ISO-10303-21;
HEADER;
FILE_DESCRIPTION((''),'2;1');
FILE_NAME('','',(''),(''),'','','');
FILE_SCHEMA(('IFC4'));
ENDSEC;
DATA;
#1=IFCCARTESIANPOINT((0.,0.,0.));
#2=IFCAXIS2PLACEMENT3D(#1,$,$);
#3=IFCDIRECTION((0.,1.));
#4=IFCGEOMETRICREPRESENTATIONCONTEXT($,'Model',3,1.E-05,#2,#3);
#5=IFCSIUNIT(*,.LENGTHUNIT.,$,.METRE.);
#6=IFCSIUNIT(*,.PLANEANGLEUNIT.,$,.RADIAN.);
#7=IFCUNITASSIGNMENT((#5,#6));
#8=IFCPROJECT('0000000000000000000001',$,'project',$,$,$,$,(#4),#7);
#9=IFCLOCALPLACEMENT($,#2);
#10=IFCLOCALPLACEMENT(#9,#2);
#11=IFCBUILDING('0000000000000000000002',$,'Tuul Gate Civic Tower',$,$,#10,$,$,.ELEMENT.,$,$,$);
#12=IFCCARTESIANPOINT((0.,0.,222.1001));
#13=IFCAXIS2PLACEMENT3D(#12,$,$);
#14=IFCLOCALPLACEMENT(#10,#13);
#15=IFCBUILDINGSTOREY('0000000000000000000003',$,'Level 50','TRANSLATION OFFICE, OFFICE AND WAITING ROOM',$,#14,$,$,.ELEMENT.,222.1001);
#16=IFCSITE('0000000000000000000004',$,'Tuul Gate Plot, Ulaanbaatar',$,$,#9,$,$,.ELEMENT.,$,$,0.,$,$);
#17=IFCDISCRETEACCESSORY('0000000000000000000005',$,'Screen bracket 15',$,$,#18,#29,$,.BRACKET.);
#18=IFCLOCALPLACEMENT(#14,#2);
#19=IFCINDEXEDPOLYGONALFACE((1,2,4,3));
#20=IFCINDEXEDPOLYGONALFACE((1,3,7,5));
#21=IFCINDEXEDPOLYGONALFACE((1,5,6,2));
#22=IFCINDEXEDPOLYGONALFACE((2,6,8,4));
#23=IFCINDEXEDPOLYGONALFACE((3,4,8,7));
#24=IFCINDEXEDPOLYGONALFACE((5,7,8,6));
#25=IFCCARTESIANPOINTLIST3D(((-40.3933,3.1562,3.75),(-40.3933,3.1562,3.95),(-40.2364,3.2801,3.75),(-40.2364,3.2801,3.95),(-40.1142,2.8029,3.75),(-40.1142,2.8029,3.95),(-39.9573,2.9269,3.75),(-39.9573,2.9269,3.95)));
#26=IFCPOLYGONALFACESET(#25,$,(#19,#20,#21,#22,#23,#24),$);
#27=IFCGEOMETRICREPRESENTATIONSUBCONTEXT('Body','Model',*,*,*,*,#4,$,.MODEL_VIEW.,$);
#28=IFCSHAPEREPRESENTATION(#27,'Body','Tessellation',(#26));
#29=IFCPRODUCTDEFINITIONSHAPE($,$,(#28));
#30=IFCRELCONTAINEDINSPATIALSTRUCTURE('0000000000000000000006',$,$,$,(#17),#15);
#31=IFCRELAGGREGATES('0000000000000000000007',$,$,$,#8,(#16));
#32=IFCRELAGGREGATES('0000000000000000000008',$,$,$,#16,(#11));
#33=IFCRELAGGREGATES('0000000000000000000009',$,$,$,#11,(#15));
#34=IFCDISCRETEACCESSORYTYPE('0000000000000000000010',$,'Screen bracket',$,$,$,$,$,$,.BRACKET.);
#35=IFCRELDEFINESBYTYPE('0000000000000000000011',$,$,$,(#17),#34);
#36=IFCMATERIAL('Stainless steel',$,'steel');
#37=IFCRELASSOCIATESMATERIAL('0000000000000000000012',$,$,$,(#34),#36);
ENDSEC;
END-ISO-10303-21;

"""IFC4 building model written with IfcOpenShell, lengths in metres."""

from ifc_helpers import new_model, si_unit, direction, frame, origin, origin_2d, place, context, subcontext, project, spatial, rectangle, extrude, material, type_object, element, save


model = new_model("IFC4")

# Units and contexts
model_context = context("Model", 3, precision=1e-05, world=origin(), true_north=direction((0.0, 1.0)))
body_context = subcontext(model_context, "Body", "Model", "MODEL_VIEW")
ifc_project = project(units=[si_unit("LENGTHUNIT", "METRE"), si_unit("PLANEANGLEUNIT", "RADIAN")], contexts=[model_context])

# Site, building, storey
site_placement = place(None, origin())
site = spatial("IfcSite", under=ifc_project, at=site_placement, Name="Tuul Gate Plot, Ulaanbaatar", CompositionType="ELEMENT", RefElevation=0.0)
building_placement = place(site_placement, origin())
building = spatial("IfcBuilding", under=site, at=building_placement, Name="Tuul Gate Civic Tower", CompositionType="ELEMENT")
storey_placement = place(building_placement, frame((0.0, 0.0, 222.1001)))
storey = spatial("IfcBuildingStorey", under=building, at=storey_placement, Name="Level 50", Description="TRANSLATION OFFICE, OFFICE AND WAITING ROOM", CompositionType="ELEMENT", Elevation=222.1001)

# Discrete accessory
ifc_material_1 = material(Name="Stainless steel", Category="steel")
discrete_accessory_type = type_object("IfcDiscreteAccessoryType", Name="Screen bracket", PredefinedType="BRACKET", material=ifc_material_1)
discrete_accessory_placement = place(storey_placement, frame((-40.1753, 3.0415, 3.75), z_axis=(0.0, 0.0, 1.0), x_axis=(-0.619915, 0.784669, 0.0)))
element("IfcDiscreteAccessory", 1, at=discrete_accessory_placement, inside=storey, type_object=discrete_accessory_type, Name="Screen bracket 15", PredefinedType="BRACKET", context=body_context, shape_type="SweptSolid", body=[
    extrude(rectangle(XDim=0.4502, YDim=0.2, at=origin_2d()), origin(), (0.0, 0.0, 1.0), 0.2),
])

save(model, "model.ifc")
